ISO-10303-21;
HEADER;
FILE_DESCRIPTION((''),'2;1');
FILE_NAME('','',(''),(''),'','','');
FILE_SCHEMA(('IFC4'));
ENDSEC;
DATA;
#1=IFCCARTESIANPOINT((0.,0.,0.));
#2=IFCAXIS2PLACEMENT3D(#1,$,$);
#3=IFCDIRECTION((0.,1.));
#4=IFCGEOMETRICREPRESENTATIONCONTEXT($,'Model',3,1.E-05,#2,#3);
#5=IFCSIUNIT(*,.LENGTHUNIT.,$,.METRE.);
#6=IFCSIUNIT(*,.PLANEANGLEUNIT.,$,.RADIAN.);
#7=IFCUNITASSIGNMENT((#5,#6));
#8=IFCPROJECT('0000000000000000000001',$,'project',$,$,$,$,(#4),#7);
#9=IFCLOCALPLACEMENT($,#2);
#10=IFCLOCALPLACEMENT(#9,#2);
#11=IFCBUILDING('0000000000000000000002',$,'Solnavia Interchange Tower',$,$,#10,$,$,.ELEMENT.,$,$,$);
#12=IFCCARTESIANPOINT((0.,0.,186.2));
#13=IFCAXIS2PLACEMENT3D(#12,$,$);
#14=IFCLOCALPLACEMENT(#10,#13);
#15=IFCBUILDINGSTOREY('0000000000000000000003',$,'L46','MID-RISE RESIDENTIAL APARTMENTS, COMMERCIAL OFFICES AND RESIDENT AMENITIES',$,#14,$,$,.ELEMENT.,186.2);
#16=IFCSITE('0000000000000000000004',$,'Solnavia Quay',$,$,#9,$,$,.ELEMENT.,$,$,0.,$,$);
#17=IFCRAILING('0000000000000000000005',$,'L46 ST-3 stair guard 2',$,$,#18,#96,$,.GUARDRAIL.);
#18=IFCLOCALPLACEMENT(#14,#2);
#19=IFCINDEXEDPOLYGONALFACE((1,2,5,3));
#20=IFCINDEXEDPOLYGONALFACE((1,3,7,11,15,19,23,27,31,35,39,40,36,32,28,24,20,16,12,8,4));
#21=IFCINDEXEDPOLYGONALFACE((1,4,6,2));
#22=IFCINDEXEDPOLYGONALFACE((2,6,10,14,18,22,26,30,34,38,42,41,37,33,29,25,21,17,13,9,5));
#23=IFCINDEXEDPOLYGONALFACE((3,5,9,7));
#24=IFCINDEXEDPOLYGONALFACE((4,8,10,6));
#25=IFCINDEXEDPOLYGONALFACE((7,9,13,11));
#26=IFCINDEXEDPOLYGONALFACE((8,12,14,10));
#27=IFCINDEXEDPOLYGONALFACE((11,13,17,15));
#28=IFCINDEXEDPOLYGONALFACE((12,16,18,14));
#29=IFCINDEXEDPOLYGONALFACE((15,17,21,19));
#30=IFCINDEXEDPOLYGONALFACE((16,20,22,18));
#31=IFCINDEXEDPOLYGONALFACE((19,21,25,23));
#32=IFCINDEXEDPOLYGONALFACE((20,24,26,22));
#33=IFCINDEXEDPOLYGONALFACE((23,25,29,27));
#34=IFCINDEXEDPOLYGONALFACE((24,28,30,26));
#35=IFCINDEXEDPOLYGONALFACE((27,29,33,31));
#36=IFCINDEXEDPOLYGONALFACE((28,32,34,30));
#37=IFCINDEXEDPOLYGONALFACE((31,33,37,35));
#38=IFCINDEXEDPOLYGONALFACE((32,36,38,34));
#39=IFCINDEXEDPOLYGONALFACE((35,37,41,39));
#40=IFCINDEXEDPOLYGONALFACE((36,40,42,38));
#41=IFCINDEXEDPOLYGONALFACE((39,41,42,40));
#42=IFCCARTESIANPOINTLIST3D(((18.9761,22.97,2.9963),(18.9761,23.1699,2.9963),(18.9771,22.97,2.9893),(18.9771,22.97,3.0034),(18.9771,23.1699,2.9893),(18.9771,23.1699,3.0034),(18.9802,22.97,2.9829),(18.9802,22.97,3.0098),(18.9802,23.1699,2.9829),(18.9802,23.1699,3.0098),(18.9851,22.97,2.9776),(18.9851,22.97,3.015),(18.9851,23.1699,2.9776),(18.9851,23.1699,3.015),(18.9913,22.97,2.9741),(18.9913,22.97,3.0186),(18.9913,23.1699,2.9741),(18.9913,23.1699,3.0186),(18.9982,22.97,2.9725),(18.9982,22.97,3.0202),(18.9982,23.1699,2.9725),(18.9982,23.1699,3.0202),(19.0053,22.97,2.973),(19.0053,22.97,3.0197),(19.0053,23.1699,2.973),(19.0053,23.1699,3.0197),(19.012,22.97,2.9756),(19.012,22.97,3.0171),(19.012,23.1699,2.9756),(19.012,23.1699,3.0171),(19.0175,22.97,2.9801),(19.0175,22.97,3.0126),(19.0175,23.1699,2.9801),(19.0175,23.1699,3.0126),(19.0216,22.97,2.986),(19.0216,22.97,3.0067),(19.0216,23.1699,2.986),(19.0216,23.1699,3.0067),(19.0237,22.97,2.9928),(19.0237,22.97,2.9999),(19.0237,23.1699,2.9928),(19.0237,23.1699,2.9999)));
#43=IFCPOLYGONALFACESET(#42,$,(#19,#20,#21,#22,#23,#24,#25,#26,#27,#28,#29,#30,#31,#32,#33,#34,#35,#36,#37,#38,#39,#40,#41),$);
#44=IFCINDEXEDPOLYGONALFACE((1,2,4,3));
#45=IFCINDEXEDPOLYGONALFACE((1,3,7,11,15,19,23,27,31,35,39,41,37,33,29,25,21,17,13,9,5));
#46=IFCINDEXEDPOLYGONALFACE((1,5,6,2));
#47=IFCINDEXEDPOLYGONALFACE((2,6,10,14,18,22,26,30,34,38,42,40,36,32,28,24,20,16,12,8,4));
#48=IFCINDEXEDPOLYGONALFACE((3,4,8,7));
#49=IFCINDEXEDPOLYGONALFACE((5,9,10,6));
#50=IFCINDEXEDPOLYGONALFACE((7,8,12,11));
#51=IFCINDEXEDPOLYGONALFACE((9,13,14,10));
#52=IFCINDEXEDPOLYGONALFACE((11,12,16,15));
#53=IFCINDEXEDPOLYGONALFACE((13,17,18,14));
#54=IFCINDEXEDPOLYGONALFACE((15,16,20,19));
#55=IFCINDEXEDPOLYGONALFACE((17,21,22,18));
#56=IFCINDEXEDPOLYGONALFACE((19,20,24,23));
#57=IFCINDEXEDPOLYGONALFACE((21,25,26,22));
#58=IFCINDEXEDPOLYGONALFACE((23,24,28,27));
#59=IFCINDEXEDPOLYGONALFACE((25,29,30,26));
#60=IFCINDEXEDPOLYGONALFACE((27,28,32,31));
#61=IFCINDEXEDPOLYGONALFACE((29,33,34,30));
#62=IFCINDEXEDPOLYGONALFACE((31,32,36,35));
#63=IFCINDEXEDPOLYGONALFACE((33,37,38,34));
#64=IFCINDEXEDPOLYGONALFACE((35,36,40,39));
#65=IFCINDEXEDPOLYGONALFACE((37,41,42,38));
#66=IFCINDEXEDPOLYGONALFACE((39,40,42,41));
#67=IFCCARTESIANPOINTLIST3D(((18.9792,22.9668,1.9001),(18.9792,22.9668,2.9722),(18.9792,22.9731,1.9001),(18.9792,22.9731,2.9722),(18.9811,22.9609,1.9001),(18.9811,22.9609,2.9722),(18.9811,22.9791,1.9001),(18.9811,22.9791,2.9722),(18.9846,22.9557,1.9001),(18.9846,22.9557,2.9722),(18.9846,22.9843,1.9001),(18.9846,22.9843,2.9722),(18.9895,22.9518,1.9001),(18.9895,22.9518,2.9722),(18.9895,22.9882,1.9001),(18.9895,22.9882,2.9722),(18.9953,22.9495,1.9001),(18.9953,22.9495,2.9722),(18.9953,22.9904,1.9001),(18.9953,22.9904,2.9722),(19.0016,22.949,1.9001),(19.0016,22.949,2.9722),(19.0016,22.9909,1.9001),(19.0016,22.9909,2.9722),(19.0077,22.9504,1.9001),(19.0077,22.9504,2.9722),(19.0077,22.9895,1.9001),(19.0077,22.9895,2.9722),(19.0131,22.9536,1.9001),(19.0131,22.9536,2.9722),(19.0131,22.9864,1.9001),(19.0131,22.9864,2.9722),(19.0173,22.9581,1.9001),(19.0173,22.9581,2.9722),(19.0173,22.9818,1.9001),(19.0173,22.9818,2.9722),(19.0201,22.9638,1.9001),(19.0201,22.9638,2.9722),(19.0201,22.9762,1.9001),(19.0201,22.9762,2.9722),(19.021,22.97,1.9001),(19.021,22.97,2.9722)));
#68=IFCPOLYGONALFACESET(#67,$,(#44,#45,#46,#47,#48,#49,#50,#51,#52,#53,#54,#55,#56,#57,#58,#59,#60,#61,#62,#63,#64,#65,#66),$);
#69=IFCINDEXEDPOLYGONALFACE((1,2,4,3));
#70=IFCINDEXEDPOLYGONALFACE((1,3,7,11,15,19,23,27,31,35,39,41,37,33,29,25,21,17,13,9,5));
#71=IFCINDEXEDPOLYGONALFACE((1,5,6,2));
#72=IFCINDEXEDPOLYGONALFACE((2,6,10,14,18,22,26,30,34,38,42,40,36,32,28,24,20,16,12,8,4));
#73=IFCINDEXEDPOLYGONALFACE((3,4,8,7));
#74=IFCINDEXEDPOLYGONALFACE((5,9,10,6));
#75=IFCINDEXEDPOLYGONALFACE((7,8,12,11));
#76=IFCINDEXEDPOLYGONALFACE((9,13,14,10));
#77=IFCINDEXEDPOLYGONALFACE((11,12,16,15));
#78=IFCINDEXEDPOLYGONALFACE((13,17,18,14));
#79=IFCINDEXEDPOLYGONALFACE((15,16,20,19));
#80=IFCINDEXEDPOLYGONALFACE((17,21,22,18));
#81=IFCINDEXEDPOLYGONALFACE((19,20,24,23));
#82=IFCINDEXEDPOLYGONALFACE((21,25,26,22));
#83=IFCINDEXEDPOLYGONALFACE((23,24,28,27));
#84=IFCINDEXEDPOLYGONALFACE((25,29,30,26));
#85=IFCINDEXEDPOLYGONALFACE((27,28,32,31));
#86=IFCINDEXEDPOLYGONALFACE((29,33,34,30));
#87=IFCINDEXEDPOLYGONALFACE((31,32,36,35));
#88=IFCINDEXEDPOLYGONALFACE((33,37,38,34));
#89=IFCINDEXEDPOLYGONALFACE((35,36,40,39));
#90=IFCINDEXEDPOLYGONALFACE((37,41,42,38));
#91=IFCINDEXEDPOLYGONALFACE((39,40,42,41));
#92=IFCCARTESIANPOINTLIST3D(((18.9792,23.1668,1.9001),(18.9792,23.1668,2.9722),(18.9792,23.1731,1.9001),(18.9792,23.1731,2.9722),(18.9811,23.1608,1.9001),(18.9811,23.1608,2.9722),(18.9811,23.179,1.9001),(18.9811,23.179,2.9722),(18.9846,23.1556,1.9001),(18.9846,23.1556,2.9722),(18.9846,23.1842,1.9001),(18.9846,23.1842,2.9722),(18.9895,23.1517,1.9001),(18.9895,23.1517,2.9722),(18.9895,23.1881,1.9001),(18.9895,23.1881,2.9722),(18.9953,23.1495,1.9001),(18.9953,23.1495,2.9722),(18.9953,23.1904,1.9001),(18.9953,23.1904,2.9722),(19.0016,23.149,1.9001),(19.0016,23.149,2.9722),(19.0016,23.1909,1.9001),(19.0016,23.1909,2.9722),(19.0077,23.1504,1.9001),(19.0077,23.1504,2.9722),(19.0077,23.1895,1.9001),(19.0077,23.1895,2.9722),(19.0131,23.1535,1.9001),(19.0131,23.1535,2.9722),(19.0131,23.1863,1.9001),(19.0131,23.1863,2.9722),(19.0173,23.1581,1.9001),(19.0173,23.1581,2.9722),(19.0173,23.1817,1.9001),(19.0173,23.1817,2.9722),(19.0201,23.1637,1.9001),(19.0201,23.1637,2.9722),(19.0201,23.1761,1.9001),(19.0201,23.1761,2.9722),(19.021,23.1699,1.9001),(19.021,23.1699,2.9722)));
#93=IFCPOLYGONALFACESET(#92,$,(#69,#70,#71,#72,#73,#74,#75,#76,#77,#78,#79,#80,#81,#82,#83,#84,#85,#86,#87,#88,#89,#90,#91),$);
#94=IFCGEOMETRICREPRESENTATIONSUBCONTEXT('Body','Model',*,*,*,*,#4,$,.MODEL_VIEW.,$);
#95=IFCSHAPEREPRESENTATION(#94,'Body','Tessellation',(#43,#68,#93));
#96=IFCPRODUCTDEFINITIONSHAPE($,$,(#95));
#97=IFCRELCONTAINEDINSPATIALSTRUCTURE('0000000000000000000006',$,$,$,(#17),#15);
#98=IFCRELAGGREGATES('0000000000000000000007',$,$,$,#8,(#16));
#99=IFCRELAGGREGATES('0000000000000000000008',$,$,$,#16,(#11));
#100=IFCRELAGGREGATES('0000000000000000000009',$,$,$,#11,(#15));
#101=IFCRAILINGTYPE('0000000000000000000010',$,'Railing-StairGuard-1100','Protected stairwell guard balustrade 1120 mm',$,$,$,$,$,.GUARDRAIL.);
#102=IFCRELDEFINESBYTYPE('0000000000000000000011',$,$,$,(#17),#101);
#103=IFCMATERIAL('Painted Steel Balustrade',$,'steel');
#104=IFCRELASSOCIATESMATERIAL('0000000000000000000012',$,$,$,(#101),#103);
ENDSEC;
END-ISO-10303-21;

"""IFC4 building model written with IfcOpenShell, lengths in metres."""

from ifc_helpers import new_model, si_unit, direction, frame, origin, origin_2d, place, context, subcontext, project, spatial, circle, extrude, material, type_object, element, save


model = new_model("IFC4")

# Units and contexts
model_context = context("Model", 3, precision=1e-05, world=origin(), true_north=direction((0.0, 1.0)))
body_context = subcontext(model_context, "Body", "Model", "MODEL_VIEW")
ifc_project = project(units=[si_unit("LENGTHUNIT", "METRE"), si_unit("PLANEANGLEUNIT", "RADIAN")], contexts=[model_context])

# Site, building, storey
site_placement = place(None, origin())
site = spatial("IfcSite", under=ifc_project, at=site_placement, Name="Solnavia Quay", CompositionType="ELEMENT", RefElevation=0.0)
building_placement = place(site_placement, origin())
building = spatial("IfcBuilding", under=site, at=building_placement, Name="Solnavia Interchange Tower", CompositionType="ELEMENT")
storey_placement = place(building_placement, frame((0.0, 0.0, 186.2)))
storey = spatial("IfcBuildingStorey", under=building, at=storey_placement, Name="L46", Description="MID-RISE RESIDENTIAL APARTMENTS, COMMERCIAL OFFICES AND RESIDENT AMENITIES", CompositionType="ELEMENT", Elevation=186.2)

# Railing
ifc_material_1 = material(Name="Painted Steel Balustrade", Category="steel")
railing_type_1 = type_object("IfcRailingType", Name="Railing-StairGuard-1100", Description="Protected stairwell guard balustrade 1120 mm", PredefinedType="GUARDRAIL", material=ifc_material_1)
railing_1_placement = place(storey_placement, frame((19.0, 22.97, 1.9001)))
element("IfcRailing", 1, at=railing_1_placement, inside=storey, type_object=railing_type_1, Name="L46 ST-3 stair guard 2", PredefinedType="GUARDRAIL", context=body_context, shape_type="SweptSolid", body=[
    extrude(circle(Radius=0.0239, at=origin_2d()), frame((0.0, 0.0, 1.0962), z_axis=(0.0, 1.0, 0.0), x_axis=(-1.0, 0.0, 0.0)), (0.0, 0.0, 1.0), 0.2),
    extrude(circle(Radius=0.021, at=origin_2d()), origin(), (0.0, 0.0, 1.0), 1.072),
    extrude(circle(Radius=0.021, at=origin_2d()), frame((0.0, 0.2, 0.0)), (0.0, 0.0, 1.0), 1.072),
])

save(model, "model.ifc")
